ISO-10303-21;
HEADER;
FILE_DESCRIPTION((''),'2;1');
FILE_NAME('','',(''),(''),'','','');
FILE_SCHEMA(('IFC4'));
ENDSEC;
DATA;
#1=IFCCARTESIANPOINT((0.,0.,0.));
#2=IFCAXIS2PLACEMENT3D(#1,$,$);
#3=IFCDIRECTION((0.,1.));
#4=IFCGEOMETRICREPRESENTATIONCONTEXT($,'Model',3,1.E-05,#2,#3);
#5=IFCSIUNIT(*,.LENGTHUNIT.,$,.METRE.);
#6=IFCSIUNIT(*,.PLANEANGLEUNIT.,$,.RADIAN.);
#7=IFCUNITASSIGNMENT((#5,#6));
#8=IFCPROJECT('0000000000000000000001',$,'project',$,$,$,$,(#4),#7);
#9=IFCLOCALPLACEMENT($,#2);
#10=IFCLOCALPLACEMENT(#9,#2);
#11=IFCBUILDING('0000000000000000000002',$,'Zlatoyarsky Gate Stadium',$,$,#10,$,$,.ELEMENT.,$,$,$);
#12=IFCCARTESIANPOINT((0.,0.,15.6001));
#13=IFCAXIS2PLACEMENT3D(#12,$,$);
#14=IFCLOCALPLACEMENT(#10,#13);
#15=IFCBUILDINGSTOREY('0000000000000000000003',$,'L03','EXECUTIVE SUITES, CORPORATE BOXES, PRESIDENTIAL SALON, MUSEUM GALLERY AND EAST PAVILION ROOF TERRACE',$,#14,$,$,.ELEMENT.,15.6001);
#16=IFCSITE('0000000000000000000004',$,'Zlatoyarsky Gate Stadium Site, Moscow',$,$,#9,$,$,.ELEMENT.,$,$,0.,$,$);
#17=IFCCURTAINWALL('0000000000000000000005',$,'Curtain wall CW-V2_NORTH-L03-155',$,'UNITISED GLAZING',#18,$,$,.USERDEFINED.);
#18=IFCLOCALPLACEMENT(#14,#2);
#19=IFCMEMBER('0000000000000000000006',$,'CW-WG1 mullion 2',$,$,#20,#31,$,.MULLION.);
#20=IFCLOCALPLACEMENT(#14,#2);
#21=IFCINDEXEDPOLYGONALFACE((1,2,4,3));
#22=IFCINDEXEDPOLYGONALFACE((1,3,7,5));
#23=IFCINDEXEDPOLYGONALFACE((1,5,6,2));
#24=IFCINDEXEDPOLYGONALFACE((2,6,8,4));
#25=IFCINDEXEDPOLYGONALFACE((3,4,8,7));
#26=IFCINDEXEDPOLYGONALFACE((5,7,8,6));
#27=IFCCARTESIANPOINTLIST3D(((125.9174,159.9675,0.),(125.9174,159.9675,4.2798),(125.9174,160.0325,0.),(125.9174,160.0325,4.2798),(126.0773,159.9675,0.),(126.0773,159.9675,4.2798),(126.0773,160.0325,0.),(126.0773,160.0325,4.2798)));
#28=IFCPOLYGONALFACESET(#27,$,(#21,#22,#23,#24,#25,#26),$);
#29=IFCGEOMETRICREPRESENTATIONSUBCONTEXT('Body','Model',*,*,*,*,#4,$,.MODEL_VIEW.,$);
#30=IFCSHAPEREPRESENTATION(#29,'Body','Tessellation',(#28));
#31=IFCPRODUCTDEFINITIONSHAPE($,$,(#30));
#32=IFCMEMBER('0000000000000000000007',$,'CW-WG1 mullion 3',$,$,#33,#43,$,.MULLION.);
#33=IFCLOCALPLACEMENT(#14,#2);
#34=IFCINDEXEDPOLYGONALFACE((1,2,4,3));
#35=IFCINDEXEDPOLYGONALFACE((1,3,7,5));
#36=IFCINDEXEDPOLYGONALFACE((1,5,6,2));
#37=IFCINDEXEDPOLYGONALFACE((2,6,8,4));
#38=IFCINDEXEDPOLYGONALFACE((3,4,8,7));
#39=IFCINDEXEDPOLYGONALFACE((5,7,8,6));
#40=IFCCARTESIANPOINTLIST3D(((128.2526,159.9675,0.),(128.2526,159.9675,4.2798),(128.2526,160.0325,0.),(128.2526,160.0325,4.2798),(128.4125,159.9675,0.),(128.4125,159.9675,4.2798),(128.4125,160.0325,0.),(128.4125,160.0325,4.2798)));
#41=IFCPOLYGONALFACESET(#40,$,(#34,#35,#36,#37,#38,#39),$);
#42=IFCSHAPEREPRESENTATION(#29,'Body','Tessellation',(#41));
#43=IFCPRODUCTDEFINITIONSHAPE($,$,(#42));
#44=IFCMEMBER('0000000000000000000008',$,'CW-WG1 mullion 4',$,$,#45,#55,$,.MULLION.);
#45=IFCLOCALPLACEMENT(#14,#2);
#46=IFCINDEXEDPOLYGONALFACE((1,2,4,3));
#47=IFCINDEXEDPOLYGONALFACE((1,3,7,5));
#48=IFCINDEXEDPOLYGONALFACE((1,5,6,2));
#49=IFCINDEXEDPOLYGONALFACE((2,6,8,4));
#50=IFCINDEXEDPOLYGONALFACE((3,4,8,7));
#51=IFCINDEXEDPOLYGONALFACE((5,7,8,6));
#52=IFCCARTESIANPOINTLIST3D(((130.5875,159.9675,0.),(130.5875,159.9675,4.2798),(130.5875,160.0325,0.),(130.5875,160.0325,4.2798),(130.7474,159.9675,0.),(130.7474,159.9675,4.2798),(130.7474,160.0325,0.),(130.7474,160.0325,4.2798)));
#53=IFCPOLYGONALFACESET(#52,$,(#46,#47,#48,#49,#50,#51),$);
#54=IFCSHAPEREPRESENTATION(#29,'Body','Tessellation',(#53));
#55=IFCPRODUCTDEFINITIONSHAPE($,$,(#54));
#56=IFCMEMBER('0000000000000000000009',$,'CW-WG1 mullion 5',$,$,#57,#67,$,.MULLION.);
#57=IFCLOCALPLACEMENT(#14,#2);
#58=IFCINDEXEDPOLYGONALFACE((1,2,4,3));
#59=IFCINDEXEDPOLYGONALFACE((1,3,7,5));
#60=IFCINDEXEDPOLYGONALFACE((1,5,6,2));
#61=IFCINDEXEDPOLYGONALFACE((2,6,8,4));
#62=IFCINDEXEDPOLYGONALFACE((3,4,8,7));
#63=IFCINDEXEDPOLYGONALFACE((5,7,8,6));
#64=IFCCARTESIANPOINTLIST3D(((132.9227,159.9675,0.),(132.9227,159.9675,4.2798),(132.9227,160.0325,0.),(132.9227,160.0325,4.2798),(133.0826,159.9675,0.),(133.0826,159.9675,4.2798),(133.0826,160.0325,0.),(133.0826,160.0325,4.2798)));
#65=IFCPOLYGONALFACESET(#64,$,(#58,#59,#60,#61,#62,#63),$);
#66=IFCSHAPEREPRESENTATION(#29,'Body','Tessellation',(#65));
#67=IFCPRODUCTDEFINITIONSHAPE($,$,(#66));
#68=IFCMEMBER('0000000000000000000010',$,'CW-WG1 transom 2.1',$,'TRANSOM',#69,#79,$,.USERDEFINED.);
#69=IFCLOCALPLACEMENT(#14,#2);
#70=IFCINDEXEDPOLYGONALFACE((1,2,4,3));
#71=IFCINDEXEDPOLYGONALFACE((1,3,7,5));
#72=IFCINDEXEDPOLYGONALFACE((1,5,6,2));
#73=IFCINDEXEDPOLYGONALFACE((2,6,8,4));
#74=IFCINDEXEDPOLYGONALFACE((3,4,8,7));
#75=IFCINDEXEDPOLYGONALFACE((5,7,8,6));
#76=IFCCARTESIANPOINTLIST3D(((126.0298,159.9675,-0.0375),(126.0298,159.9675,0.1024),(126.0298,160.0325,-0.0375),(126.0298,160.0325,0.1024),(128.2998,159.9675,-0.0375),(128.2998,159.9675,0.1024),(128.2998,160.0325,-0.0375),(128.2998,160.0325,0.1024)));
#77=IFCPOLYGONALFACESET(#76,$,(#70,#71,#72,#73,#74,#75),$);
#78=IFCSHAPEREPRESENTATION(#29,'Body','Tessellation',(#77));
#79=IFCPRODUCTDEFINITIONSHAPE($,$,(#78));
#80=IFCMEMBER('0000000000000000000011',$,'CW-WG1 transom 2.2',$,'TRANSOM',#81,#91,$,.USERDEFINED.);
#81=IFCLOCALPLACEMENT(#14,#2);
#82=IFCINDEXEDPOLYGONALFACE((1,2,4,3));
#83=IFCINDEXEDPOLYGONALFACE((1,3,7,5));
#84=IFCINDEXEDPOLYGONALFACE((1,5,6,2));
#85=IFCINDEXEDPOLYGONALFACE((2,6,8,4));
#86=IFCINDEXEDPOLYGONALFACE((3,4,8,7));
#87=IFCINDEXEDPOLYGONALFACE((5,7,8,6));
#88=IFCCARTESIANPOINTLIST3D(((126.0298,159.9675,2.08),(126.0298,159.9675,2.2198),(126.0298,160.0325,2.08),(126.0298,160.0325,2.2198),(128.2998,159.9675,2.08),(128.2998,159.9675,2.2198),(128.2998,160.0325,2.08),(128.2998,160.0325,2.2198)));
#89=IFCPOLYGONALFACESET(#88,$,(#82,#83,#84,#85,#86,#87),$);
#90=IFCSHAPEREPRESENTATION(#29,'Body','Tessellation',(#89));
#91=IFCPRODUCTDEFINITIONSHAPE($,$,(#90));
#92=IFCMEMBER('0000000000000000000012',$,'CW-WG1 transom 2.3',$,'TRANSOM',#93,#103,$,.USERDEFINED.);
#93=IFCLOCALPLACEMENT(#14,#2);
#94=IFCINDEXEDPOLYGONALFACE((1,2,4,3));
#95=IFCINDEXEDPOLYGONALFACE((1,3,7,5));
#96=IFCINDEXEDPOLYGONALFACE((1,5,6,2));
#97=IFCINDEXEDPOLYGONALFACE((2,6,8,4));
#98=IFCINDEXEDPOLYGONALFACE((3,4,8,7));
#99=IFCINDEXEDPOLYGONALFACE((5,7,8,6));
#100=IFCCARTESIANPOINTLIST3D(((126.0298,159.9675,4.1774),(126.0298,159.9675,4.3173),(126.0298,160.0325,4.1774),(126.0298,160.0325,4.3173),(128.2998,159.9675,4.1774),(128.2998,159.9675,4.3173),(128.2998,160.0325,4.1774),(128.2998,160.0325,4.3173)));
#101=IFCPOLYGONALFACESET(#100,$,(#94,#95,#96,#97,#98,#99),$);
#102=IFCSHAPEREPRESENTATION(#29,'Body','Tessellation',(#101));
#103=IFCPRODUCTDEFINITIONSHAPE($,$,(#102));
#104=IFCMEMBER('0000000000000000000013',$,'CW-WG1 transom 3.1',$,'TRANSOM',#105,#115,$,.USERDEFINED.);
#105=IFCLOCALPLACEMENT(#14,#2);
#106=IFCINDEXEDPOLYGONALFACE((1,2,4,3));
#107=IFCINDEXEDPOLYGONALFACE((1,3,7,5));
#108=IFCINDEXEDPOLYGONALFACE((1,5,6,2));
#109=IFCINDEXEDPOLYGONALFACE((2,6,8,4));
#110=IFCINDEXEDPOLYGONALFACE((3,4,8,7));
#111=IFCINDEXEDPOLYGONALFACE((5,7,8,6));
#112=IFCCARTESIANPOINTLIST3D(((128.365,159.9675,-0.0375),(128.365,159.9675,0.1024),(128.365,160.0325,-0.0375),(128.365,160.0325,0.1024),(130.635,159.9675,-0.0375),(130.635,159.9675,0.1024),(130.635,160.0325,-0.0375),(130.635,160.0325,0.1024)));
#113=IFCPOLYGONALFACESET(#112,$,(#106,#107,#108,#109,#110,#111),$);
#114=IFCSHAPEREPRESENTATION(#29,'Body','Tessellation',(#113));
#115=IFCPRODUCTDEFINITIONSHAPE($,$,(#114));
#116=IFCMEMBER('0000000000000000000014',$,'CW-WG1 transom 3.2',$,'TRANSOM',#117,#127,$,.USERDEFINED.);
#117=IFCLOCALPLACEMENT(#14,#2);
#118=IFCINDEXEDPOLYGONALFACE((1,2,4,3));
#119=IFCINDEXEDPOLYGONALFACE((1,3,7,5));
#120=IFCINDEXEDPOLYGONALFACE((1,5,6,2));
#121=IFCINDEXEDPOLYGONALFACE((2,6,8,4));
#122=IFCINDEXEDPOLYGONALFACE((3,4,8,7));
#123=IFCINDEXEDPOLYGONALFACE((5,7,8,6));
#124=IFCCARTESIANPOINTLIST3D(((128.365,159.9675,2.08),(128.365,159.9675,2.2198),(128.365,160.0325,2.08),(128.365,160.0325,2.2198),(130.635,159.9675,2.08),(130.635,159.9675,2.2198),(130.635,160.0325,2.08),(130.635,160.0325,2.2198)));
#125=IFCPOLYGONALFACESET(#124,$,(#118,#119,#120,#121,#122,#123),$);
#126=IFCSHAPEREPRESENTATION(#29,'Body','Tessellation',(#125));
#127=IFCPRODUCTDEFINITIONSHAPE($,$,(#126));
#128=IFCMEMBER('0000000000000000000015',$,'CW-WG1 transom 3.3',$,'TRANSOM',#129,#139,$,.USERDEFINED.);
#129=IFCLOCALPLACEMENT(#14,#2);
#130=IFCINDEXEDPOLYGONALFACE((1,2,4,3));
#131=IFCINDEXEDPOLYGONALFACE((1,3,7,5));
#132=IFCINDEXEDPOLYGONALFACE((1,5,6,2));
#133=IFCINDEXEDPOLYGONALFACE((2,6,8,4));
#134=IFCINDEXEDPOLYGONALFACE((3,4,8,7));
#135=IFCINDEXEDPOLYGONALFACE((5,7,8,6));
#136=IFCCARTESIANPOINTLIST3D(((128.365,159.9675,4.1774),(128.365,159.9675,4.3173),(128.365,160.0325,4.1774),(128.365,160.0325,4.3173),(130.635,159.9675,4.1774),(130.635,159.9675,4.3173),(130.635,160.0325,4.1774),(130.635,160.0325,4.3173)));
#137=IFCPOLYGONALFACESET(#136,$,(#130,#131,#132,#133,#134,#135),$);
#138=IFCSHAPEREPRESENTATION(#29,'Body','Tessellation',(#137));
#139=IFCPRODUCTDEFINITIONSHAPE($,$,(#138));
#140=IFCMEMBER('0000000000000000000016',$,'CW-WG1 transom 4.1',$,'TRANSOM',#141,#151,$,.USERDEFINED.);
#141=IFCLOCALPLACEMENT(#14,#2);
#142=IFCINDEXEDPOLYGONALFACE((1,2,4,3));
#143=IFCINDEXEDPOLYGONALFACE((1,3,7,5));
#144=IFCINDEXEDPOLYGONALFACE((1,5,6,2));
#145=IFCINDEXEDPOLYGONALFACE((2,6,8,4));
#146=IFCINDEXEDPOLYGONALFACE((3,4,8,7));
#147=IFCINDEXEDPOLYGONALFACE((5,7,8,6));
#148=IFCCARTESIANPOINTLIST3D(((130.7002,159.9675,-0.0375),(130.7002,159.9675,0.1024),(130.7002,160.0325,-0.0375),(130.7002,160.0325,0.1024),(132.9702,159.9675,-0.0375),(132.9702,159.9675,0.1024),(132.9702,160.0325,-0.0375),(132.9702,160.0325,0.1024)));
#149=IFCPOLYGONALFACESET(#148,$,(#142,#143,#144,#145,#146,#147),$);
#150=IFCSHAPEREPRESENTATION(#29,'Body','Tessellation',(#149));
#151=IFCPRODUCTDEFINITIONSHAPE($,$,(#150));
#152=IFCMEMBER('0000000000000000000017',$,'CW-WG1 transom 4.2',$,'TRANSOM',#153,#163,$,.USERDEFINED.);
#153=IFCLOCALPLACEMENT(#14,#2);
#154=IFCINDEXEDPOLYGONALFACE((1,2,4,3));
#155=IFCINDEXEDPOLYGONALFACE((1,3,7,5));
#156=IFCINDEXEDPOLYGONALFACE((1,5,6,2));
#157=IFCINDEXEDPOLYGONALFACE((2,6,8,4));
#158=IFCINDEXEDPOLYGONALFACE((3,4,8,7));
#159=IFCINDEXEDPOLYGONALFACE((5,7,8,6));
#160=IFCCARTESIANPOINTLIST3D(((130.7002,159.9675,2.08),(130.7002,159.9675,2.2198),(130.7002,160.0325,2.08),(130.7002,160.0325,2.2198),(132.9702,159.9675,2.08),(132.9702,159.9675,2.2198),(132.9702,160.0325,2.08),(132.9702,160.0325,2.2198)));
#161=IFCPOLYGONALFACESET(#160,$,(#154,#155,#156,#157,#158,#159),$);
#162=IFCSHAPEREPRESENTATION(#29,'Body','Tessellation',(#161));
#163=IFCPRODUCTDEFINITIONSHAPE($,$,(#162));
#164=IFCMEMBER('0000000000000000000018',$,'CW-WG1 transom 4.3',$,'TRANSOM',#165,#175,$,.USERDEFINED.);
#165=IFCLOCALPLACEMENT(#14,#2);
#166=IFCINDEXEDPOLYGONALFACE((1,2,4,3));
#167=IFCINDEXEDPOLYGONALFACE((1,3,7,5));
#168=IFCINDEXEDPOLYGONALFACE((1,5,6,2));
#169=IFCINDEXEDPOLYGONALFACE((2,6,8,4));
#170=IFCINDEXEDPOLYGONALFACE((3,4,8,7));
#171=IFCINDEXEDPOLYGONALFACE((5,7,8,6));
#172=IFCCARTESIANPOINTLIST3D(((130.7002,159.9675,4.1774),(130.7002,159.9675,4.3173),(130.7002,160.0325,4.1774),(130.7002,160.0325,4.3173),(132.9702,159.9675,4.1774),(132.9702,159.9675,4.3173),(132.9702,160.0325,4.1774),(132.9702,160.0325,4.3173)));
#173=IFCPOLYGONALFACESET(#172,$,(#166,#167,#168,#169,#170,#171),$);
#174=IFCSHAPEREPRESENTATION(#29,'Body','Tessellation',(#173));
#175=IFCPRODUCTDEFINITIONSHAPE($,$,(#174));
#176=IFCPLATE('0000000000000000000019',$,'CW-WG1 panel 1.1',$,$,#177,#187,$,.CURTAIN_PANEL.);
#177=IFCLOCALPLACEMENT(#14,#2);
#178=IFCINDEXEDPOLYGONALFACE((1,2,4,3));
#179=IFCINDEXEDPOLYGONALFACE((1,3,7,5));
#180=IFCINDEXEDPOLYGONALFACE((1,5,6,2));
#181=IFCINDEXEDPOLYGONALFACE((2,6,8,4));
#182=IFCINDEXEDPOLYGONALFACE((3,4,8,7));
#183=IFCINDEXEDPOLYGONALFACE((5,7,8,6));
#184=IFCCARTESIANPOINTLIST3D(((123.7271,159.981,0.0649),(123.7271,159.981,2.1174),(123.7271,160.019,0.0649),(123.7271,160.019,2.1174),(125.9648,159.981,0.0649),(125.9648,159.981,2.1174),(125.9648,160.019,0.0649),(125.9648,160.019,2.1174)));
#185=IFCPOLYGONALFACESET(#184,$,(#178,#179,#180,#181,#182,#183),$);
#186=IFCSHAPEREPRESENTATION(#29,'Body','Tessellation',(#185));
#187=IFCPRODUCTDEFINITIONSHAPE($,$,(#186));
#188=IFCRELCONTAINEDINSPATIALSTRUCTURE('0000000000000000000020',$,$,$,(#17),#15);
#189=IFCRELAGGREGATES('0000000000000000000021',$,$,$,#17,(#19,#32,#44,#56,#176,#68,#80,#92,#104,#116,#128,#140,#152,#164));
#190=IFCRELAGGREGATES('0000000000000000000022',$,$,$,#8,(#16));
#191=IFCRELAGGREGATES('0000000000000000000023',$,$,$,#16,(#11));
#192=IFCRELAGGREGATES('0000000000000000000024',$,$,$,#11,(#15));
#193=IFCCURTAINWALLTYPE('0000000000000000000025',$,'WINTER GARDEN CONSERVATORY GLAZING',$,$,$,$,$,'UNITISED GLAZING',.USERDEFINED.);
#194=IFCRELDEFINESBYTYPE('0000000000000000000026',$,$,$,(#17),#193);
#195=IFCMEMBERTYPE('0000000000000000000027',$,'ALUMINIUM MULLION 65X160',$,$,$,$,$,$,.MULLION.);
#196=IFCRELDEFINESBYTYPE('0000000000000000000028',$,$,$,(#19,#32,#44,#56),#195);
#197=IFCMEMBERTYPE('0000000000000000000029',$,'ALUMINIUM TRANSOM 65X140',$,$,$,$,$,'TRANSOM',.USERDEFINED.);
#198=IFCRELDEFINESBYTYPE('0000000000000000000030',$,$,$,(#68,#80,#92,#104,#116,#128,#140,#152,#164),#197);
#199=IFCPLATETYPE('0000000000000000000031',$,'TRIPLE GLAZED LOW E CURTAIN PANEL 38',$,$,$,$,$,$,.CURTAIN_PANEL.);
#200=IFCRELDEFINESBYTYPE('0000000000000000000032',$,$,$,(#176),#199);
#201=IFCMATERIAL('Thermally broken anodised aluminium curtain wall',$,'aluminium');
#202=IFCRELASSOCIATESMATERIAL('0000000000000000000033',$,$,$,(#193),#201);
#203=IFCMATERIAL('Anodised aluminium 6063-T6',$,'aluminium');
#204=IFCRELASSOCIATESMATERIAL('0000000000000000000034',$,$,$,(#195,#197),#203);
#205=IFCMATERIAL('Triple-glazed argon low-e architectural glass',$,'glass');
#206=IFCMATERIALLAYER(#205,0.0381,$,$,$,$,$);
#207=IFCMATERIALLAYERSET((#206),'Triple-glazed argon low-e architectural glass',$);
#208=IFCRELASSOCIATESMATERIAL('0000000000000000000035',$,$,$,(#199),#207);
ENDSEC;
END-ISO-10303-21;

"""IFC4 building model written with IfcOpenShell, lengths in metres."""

from ifc_helpers import new_model, si_unit, direction, frame, origin, origin_2d, place, context, subcontext, project, spatial, rectangle, extrude, material, layer, layer_set, material_profile, profile_set, type_object, element, aggregate, save


model = new_model("IFC4")

# Units and contexts
model_context = context("Model", 3, precision=1e-05, world=origin(), true_north=direction((0.0, 1.0)))
body_context = subcontext(model_context, "Body", "Model", "MODEL_VIEW")
ifc_project = project(units=[si_unit("LENGTHUNIT", "METRE"), si_unit("PLANEANGLEUNIT", "RADIAN")], contexts=[model_context])

# Site, building, storey
site_placement = place(None, origin())
site = spatial("IfcSite", under=ifc_project, at=site_placement, Name="Zlatoyarsky Gate Stadium Site, Moscow", CompositionType="ELEMENT", RefElevation=0.0)
building_placement = place(site_placement, origin())
building = spatial("IfcBuilding", under=site, at=building_placement, Name="Zlatoyarsky Gate Stadium", CompositionType="ELEMENT")
storey_placement = place(building_placement, frame((0.0, 0.0, 15.6001)))
storey = spatial("IfcBuildingStorey", under=building, at=storey_placement, Name="L03", Description="EXECUTIVE SUITES, CORPORATE BOXES, PRESIDENTIAL SALON, MUSEUM GALLERY AND EAST PAVILION ROOF TERRACE", CompositionType="ELEMENT", Elevation=15.6001)

# Curtain wall, members, plate
ifc_material_1 = material(Name="Thermally broken anodised aluminium curtain wall", Category="aluminium")
curtain_wall_type = type_object("IfcCurtainWallType", Name="WINTER GARDEN CONSERVATORY GLAZING", ElementType="UNITISED GLAZING", PredefinedType="USERDEFINED", material=ifc_material_1)
curtain_wall_placement = place(storey_placement, origin())
curtain_wall = element("IfcCurtainWall", 1, at=curtain_wall_placement, inside=storey, type_object=curtain_wall_type, Name="Curtain wall CW-V2_NORTH-L03-155", ObjectType="UNITISED GLAZING", PredefinedType="USERDEFINED")
ifc_material_2 = material(Name="Anodised aluminium 6063-T6", Category="aluminium")
ifc_material_profile_1 = material_profile(ifc_material_2, rectangle(XDim=0.0649, YDim=0.1599, at=origin_2d()), Name="ALU 65X160")
ifc_profile_set_1 = profile_set([ifc_material_profile_1], Name="Anodised aluminium 6063-T6")
member_type_1 = type_object("IfcMemberType", Name="ALUMINIUM MULLION 65X160", PredefinedType="MULLION", material=ifc_profile_set_1)
member_1_placement = place(storey_placement, frame((125.9973, 160.0, 0.0), z_axis=(0.0, 0.0, 1.0), x_axis=(0.0, 1.0, 0.0)))
member_1 = element("IfcMember", 2, at=member_1_placement, type_object=member_type_1, Name="CW-WG1 mullion 2", PredefinedType="MULLION", context=body_context, shape_type="SweptSolid", body=[
    extrude(rectangle(XDim=0.0649, YDim=0.1599, at=origin_2d()), origin(), (0.0, 0.0, 1.0), 4.2798),
])
member_2_placement = place(storey_placement, frame((128.3325, 160.0, 0.0), z_axis=(0.0, 0.0, 1.0), x_axis=(0.0, 1.0, 0.0)))
member_2 = element("IfcMember", 3, at=member_2_placement, type_object=member_type_1, Name="CW-WG1 mullion 3", PredefinedType="MULLION", context=body_context, shape_type="SweptSolid", body=[
    extrude(rectangle(XDim=0.0649, YDim=0.1599, at=origin_2d()), origin(), (0.0, 0.0, 1.0), 4.2798),
])
member_3_placement = place(storey_placement, frame((130.6675, 160.0, 0.0), z_axis=(0.0, 0.0, 1.0), x_axis=(0.0, 1.0, 0.0)))
member_3 = element("IfcMember", 4, at=member_3_placement, type_object=member_type_1, Name="CW-WG1 mullion 4", PredefinedType="MULLION", context=body_context, shape_type="SweptSolid", body=[
    extrude(rectangle(XDim=0.0649, YDim=0.1599, at=origin_2d()), origin(), (0.0, 0.0, 1.0), 4.2798),
])
member_4_placement = place(storey_placement, frame((133.0027, 160.0, 0.0), z_axis=(0.0, 0.0, 1.0), x_axis=(0.0, 1.0, 0.0)))
member_4 = element("IfcMember", 5, at=member_4_placement, type_object=member_type_1, Name="CW-WG1 mullion 5", PredefinedType="MULLION", context=body_context, shape_type="SweptSolid", body=[
    extrude(rectangle(XDim=0.0649, YDim=0.1599, at=origin_2d()), origin(), (0.0, 0.0, 1.0), 4.2798),
])
ifc_material_profile_2 = material_profile(ifc_material_2, rectangle(XDim=0.0649, YDim=0.1399, at=origin_2d()), Name="ALU 65X140")
ifc_profile_set_2 = profile_set([ifc_material_profile_2], Name="Anodised aluminium 6063-T6")
member_type_2 = type_object("IfcMemberType", Name="ALUMINIUM TRANSOM 65X140", ElementType="TRANSOM", PredefinedType="USERDEFINED", material=ifc_profile_set_2)
member_5_placement = place(storey_placement, frame((126.0298, 160.0, 0.0325), z_axis=(1.0, 0.0, 0.0), x_axis=(0.0, 1.0, 0.0)))
member_5 = element("IfcMember", 6, at=member_5_placement, type_object=member_type_2, Name="CW-WG1 transom 2.1", ObjectType="TRANSOM", PredefinedType="USERDEFINED", context=body_context, shape_type="SweptSolid", body=[
    extrude(rectangle(XDim=0.0649, YDim=0.1399, at=origin_2d()), origin(), (0.0, 0.0, 1.0), 2.27),
])
member_6_placement = place(storey_placement, frame((126.0298, 160.0, 2.1499), z_axis=(1.0, 0.0, 0.0), x_axis=(0.0, 1.0, 0.0)))
member_6 = element("IfcMember", 7, at=member_6_placement, type_object=member_type_2, Name="CW-WG1 transom 2.2", ObjectType="TRANSOM", PredefinedType="USERDEFINED", context=body_context, shape_type="SweptSolid", body=[
    extrude(rectangle(XDim=0.0649, YDim=0.1399, at=origin_2d()), origin(), (0.0, 0.0, 1.0), 2.27),
])
member_7_placement = place(storey_placement, frame((126.0298, 160.0, 4.2473), z_axis=(1.0, 0.0, 0.0), x_axis=(0.0, 1.0, 0.0)))
member_7 = element("IfcMember", 8, at=member_7_placement, type_object=member_type_2, Name="CW-WG1 transom 2.3", ObjectType="TRANSOM", PredefinedType="USERDEFINED", context=body_context, shape_type="SweptSolid", body=[
    extrude(rectangle(XDim=0.0649, YDim=0.1399, at=origin_2d()), origin(), (0.0, 0.0, 1.0), 2.27),
])
member_8_placement = place(storey_placement, frame((128.365, 160.0, 0.0325), z_axis=(1.0, 0.0, 0.0), x_axis=(0.0, 1.0, 0.0)))
member_8 = element("IfcMember", 9, at=member_8_placement, type_object=member_type_2, Name="CW-WG1 transom 3.1", ObjectType="TRANSOM", PredefinedType="USERDEFINED", context=body_context, shape_type="SweptSolid", body=[
    extrude(rectangle(XDim=0.0649, YDim=0.1399, at=origin_2d()), origin(), (0.0, 0.0, 1.0), 2.27),
])
member_9_placement = place(storey_placement, frame((128.365, 160.0, 2.1499), z_axis=(1.0, 0.0, 0.0), x_axis=(0.0, 1.0, 0.0)))
member_9 = element("IfcMember", 10, at=member_9_placement, type_object=member_type_2, Name="CW-WG1 transom 3.2", ObjectType="TRANSOM", PredefinedType="USERDEFINED", context=body_context, shape_type="SweptSolid", body=[
    extrude(rectangle(XDim=0.0649, YDim=0.1399, at=origin_2d()), origin(), (0.0, 0.0, 1.0), 2.27),
])
member_10_placement = place(storey_placement, frame((128.365, 160.0, 4.2473), z_axis=(1.0, 0.0, 0.0), x_axis=(0.0, 1.0, 0.0)))
member_10 = element("IfcMember", 11, at=member_10_placement, type_object=member_type_2, Name="CW-WG1 transom 3.3", ObjectType="TRANSOM", PredefinedType="USERDEFINED", context=body_context, shape_type="SweptSolid", body=[
    extrude(rectangle(XDim=0.0649, YDim=0.1399, at=origin_2d()), origin(), (0.0, 0.0, 1.0), 2.27),
])
member_11_placement = place(storey_placement, frame((130.7002, 160.0, 0.0325), z_axis=(1.0, 0.0, 0.0), x_axis=(0.0, 1.0, 0.0)))
member_11 = element("IfcMember", 12, at=member_11_placement, type_object=member_type_2, Name="CW-WG1 transom 4.1", ObjectType="TRANSOM", PredefinedType="USERDEFINED", context=body_context, shape_type="SweptSolid", body=[
    extrude(rectangle(XDim=0.0649, YDim=0.1399, at=origin_2d()), origin(), (0.0, 0.0, 1.0), 2.27),
])
member_12_placement = place(storey_placement, frame((130.7002, 160.0, 2.1499), z_axis=(1.0, 0.0, 0.0), x_axis=(0.0, 1.0, 0.0)))
member_12 = element("IfcMember", 13, at=member_12_placement, type_object=member_type_2, Name="CW-WG1 transom 4.2", ObjectType="TRANSOM", PredefinedType="USERDEFINED", context=body_context, shape_type="SweptSolid", body=[
    extrude(rectangle(XDim=0.0649, YDim=0.1399, at=origin_2d()), origin(), (0.0, 0.0, 1.0), 2.27),
])
member_13_placement = place(storey_placement, frame((130.7002, 160.0, 4.2473), z_axis=(1.0, 0.0, 0.0), x_axis=(0.0, 1.0, 0.0)))
member_13 = element("IfcMember", 14, at=member_13_placement, type_object=member_type_2, Name="CW-WG1 transom 4.3", ObjectType="TRANSOM", PredefinedType="USERDEFINED", context=body_context, shape_type="SweptSolid", body=[
    extrude(rectangle(XDim=0.0649, YDim=0.1399, at=origin_2d()), origin(), (0.0, 0.0, 1.0), 2.27),
])
ifc_material_3 = material(Name="Triple-glazed argon low-e architectural glass", Category="glass")
ifc_layer = layer(ifc_material_3, 0.0381)
ifc_layer_set = layer_set([ifc_layer], Name="Triple-glazed argon low-e architectural glass")
plate_type = type_object("IfcPlateType", Name="TRIPLE GLAZED LOW E CURTAIN PANEL 38", PredefinedType="CURTAIN_PANEL", material=ifc_layer_set)
plate_1_placement = place(storey_placement, frame((124.8459, 160.0, 0.0649), z_axis=(0.0, 0.0, 1.0), x_axis=(1.0, 0.0, 0.0)))
plate_1 = element("IfcPlate", 15, at=plate_1_placement, type_object=plate_type, Name="CW-WG1 panel 1.1", PredefinedType="CURTAIN_PANEL", context=body_context, shape_type="SweptSolid", body=[
    extrude(rectangle(XDim=2.2378, YDim=0.0381, at=origin_2d()), origin(), (0.0, 0.0, 1.0), 2.0525),
])
aggregate(curtain_wall, [member_1, member_2, member_3, member_4, plate_1, member_5, member_6, member_7, member_8, member_9, member_10, member_11, member_12, member_13])

save(model, "model.ifc")
